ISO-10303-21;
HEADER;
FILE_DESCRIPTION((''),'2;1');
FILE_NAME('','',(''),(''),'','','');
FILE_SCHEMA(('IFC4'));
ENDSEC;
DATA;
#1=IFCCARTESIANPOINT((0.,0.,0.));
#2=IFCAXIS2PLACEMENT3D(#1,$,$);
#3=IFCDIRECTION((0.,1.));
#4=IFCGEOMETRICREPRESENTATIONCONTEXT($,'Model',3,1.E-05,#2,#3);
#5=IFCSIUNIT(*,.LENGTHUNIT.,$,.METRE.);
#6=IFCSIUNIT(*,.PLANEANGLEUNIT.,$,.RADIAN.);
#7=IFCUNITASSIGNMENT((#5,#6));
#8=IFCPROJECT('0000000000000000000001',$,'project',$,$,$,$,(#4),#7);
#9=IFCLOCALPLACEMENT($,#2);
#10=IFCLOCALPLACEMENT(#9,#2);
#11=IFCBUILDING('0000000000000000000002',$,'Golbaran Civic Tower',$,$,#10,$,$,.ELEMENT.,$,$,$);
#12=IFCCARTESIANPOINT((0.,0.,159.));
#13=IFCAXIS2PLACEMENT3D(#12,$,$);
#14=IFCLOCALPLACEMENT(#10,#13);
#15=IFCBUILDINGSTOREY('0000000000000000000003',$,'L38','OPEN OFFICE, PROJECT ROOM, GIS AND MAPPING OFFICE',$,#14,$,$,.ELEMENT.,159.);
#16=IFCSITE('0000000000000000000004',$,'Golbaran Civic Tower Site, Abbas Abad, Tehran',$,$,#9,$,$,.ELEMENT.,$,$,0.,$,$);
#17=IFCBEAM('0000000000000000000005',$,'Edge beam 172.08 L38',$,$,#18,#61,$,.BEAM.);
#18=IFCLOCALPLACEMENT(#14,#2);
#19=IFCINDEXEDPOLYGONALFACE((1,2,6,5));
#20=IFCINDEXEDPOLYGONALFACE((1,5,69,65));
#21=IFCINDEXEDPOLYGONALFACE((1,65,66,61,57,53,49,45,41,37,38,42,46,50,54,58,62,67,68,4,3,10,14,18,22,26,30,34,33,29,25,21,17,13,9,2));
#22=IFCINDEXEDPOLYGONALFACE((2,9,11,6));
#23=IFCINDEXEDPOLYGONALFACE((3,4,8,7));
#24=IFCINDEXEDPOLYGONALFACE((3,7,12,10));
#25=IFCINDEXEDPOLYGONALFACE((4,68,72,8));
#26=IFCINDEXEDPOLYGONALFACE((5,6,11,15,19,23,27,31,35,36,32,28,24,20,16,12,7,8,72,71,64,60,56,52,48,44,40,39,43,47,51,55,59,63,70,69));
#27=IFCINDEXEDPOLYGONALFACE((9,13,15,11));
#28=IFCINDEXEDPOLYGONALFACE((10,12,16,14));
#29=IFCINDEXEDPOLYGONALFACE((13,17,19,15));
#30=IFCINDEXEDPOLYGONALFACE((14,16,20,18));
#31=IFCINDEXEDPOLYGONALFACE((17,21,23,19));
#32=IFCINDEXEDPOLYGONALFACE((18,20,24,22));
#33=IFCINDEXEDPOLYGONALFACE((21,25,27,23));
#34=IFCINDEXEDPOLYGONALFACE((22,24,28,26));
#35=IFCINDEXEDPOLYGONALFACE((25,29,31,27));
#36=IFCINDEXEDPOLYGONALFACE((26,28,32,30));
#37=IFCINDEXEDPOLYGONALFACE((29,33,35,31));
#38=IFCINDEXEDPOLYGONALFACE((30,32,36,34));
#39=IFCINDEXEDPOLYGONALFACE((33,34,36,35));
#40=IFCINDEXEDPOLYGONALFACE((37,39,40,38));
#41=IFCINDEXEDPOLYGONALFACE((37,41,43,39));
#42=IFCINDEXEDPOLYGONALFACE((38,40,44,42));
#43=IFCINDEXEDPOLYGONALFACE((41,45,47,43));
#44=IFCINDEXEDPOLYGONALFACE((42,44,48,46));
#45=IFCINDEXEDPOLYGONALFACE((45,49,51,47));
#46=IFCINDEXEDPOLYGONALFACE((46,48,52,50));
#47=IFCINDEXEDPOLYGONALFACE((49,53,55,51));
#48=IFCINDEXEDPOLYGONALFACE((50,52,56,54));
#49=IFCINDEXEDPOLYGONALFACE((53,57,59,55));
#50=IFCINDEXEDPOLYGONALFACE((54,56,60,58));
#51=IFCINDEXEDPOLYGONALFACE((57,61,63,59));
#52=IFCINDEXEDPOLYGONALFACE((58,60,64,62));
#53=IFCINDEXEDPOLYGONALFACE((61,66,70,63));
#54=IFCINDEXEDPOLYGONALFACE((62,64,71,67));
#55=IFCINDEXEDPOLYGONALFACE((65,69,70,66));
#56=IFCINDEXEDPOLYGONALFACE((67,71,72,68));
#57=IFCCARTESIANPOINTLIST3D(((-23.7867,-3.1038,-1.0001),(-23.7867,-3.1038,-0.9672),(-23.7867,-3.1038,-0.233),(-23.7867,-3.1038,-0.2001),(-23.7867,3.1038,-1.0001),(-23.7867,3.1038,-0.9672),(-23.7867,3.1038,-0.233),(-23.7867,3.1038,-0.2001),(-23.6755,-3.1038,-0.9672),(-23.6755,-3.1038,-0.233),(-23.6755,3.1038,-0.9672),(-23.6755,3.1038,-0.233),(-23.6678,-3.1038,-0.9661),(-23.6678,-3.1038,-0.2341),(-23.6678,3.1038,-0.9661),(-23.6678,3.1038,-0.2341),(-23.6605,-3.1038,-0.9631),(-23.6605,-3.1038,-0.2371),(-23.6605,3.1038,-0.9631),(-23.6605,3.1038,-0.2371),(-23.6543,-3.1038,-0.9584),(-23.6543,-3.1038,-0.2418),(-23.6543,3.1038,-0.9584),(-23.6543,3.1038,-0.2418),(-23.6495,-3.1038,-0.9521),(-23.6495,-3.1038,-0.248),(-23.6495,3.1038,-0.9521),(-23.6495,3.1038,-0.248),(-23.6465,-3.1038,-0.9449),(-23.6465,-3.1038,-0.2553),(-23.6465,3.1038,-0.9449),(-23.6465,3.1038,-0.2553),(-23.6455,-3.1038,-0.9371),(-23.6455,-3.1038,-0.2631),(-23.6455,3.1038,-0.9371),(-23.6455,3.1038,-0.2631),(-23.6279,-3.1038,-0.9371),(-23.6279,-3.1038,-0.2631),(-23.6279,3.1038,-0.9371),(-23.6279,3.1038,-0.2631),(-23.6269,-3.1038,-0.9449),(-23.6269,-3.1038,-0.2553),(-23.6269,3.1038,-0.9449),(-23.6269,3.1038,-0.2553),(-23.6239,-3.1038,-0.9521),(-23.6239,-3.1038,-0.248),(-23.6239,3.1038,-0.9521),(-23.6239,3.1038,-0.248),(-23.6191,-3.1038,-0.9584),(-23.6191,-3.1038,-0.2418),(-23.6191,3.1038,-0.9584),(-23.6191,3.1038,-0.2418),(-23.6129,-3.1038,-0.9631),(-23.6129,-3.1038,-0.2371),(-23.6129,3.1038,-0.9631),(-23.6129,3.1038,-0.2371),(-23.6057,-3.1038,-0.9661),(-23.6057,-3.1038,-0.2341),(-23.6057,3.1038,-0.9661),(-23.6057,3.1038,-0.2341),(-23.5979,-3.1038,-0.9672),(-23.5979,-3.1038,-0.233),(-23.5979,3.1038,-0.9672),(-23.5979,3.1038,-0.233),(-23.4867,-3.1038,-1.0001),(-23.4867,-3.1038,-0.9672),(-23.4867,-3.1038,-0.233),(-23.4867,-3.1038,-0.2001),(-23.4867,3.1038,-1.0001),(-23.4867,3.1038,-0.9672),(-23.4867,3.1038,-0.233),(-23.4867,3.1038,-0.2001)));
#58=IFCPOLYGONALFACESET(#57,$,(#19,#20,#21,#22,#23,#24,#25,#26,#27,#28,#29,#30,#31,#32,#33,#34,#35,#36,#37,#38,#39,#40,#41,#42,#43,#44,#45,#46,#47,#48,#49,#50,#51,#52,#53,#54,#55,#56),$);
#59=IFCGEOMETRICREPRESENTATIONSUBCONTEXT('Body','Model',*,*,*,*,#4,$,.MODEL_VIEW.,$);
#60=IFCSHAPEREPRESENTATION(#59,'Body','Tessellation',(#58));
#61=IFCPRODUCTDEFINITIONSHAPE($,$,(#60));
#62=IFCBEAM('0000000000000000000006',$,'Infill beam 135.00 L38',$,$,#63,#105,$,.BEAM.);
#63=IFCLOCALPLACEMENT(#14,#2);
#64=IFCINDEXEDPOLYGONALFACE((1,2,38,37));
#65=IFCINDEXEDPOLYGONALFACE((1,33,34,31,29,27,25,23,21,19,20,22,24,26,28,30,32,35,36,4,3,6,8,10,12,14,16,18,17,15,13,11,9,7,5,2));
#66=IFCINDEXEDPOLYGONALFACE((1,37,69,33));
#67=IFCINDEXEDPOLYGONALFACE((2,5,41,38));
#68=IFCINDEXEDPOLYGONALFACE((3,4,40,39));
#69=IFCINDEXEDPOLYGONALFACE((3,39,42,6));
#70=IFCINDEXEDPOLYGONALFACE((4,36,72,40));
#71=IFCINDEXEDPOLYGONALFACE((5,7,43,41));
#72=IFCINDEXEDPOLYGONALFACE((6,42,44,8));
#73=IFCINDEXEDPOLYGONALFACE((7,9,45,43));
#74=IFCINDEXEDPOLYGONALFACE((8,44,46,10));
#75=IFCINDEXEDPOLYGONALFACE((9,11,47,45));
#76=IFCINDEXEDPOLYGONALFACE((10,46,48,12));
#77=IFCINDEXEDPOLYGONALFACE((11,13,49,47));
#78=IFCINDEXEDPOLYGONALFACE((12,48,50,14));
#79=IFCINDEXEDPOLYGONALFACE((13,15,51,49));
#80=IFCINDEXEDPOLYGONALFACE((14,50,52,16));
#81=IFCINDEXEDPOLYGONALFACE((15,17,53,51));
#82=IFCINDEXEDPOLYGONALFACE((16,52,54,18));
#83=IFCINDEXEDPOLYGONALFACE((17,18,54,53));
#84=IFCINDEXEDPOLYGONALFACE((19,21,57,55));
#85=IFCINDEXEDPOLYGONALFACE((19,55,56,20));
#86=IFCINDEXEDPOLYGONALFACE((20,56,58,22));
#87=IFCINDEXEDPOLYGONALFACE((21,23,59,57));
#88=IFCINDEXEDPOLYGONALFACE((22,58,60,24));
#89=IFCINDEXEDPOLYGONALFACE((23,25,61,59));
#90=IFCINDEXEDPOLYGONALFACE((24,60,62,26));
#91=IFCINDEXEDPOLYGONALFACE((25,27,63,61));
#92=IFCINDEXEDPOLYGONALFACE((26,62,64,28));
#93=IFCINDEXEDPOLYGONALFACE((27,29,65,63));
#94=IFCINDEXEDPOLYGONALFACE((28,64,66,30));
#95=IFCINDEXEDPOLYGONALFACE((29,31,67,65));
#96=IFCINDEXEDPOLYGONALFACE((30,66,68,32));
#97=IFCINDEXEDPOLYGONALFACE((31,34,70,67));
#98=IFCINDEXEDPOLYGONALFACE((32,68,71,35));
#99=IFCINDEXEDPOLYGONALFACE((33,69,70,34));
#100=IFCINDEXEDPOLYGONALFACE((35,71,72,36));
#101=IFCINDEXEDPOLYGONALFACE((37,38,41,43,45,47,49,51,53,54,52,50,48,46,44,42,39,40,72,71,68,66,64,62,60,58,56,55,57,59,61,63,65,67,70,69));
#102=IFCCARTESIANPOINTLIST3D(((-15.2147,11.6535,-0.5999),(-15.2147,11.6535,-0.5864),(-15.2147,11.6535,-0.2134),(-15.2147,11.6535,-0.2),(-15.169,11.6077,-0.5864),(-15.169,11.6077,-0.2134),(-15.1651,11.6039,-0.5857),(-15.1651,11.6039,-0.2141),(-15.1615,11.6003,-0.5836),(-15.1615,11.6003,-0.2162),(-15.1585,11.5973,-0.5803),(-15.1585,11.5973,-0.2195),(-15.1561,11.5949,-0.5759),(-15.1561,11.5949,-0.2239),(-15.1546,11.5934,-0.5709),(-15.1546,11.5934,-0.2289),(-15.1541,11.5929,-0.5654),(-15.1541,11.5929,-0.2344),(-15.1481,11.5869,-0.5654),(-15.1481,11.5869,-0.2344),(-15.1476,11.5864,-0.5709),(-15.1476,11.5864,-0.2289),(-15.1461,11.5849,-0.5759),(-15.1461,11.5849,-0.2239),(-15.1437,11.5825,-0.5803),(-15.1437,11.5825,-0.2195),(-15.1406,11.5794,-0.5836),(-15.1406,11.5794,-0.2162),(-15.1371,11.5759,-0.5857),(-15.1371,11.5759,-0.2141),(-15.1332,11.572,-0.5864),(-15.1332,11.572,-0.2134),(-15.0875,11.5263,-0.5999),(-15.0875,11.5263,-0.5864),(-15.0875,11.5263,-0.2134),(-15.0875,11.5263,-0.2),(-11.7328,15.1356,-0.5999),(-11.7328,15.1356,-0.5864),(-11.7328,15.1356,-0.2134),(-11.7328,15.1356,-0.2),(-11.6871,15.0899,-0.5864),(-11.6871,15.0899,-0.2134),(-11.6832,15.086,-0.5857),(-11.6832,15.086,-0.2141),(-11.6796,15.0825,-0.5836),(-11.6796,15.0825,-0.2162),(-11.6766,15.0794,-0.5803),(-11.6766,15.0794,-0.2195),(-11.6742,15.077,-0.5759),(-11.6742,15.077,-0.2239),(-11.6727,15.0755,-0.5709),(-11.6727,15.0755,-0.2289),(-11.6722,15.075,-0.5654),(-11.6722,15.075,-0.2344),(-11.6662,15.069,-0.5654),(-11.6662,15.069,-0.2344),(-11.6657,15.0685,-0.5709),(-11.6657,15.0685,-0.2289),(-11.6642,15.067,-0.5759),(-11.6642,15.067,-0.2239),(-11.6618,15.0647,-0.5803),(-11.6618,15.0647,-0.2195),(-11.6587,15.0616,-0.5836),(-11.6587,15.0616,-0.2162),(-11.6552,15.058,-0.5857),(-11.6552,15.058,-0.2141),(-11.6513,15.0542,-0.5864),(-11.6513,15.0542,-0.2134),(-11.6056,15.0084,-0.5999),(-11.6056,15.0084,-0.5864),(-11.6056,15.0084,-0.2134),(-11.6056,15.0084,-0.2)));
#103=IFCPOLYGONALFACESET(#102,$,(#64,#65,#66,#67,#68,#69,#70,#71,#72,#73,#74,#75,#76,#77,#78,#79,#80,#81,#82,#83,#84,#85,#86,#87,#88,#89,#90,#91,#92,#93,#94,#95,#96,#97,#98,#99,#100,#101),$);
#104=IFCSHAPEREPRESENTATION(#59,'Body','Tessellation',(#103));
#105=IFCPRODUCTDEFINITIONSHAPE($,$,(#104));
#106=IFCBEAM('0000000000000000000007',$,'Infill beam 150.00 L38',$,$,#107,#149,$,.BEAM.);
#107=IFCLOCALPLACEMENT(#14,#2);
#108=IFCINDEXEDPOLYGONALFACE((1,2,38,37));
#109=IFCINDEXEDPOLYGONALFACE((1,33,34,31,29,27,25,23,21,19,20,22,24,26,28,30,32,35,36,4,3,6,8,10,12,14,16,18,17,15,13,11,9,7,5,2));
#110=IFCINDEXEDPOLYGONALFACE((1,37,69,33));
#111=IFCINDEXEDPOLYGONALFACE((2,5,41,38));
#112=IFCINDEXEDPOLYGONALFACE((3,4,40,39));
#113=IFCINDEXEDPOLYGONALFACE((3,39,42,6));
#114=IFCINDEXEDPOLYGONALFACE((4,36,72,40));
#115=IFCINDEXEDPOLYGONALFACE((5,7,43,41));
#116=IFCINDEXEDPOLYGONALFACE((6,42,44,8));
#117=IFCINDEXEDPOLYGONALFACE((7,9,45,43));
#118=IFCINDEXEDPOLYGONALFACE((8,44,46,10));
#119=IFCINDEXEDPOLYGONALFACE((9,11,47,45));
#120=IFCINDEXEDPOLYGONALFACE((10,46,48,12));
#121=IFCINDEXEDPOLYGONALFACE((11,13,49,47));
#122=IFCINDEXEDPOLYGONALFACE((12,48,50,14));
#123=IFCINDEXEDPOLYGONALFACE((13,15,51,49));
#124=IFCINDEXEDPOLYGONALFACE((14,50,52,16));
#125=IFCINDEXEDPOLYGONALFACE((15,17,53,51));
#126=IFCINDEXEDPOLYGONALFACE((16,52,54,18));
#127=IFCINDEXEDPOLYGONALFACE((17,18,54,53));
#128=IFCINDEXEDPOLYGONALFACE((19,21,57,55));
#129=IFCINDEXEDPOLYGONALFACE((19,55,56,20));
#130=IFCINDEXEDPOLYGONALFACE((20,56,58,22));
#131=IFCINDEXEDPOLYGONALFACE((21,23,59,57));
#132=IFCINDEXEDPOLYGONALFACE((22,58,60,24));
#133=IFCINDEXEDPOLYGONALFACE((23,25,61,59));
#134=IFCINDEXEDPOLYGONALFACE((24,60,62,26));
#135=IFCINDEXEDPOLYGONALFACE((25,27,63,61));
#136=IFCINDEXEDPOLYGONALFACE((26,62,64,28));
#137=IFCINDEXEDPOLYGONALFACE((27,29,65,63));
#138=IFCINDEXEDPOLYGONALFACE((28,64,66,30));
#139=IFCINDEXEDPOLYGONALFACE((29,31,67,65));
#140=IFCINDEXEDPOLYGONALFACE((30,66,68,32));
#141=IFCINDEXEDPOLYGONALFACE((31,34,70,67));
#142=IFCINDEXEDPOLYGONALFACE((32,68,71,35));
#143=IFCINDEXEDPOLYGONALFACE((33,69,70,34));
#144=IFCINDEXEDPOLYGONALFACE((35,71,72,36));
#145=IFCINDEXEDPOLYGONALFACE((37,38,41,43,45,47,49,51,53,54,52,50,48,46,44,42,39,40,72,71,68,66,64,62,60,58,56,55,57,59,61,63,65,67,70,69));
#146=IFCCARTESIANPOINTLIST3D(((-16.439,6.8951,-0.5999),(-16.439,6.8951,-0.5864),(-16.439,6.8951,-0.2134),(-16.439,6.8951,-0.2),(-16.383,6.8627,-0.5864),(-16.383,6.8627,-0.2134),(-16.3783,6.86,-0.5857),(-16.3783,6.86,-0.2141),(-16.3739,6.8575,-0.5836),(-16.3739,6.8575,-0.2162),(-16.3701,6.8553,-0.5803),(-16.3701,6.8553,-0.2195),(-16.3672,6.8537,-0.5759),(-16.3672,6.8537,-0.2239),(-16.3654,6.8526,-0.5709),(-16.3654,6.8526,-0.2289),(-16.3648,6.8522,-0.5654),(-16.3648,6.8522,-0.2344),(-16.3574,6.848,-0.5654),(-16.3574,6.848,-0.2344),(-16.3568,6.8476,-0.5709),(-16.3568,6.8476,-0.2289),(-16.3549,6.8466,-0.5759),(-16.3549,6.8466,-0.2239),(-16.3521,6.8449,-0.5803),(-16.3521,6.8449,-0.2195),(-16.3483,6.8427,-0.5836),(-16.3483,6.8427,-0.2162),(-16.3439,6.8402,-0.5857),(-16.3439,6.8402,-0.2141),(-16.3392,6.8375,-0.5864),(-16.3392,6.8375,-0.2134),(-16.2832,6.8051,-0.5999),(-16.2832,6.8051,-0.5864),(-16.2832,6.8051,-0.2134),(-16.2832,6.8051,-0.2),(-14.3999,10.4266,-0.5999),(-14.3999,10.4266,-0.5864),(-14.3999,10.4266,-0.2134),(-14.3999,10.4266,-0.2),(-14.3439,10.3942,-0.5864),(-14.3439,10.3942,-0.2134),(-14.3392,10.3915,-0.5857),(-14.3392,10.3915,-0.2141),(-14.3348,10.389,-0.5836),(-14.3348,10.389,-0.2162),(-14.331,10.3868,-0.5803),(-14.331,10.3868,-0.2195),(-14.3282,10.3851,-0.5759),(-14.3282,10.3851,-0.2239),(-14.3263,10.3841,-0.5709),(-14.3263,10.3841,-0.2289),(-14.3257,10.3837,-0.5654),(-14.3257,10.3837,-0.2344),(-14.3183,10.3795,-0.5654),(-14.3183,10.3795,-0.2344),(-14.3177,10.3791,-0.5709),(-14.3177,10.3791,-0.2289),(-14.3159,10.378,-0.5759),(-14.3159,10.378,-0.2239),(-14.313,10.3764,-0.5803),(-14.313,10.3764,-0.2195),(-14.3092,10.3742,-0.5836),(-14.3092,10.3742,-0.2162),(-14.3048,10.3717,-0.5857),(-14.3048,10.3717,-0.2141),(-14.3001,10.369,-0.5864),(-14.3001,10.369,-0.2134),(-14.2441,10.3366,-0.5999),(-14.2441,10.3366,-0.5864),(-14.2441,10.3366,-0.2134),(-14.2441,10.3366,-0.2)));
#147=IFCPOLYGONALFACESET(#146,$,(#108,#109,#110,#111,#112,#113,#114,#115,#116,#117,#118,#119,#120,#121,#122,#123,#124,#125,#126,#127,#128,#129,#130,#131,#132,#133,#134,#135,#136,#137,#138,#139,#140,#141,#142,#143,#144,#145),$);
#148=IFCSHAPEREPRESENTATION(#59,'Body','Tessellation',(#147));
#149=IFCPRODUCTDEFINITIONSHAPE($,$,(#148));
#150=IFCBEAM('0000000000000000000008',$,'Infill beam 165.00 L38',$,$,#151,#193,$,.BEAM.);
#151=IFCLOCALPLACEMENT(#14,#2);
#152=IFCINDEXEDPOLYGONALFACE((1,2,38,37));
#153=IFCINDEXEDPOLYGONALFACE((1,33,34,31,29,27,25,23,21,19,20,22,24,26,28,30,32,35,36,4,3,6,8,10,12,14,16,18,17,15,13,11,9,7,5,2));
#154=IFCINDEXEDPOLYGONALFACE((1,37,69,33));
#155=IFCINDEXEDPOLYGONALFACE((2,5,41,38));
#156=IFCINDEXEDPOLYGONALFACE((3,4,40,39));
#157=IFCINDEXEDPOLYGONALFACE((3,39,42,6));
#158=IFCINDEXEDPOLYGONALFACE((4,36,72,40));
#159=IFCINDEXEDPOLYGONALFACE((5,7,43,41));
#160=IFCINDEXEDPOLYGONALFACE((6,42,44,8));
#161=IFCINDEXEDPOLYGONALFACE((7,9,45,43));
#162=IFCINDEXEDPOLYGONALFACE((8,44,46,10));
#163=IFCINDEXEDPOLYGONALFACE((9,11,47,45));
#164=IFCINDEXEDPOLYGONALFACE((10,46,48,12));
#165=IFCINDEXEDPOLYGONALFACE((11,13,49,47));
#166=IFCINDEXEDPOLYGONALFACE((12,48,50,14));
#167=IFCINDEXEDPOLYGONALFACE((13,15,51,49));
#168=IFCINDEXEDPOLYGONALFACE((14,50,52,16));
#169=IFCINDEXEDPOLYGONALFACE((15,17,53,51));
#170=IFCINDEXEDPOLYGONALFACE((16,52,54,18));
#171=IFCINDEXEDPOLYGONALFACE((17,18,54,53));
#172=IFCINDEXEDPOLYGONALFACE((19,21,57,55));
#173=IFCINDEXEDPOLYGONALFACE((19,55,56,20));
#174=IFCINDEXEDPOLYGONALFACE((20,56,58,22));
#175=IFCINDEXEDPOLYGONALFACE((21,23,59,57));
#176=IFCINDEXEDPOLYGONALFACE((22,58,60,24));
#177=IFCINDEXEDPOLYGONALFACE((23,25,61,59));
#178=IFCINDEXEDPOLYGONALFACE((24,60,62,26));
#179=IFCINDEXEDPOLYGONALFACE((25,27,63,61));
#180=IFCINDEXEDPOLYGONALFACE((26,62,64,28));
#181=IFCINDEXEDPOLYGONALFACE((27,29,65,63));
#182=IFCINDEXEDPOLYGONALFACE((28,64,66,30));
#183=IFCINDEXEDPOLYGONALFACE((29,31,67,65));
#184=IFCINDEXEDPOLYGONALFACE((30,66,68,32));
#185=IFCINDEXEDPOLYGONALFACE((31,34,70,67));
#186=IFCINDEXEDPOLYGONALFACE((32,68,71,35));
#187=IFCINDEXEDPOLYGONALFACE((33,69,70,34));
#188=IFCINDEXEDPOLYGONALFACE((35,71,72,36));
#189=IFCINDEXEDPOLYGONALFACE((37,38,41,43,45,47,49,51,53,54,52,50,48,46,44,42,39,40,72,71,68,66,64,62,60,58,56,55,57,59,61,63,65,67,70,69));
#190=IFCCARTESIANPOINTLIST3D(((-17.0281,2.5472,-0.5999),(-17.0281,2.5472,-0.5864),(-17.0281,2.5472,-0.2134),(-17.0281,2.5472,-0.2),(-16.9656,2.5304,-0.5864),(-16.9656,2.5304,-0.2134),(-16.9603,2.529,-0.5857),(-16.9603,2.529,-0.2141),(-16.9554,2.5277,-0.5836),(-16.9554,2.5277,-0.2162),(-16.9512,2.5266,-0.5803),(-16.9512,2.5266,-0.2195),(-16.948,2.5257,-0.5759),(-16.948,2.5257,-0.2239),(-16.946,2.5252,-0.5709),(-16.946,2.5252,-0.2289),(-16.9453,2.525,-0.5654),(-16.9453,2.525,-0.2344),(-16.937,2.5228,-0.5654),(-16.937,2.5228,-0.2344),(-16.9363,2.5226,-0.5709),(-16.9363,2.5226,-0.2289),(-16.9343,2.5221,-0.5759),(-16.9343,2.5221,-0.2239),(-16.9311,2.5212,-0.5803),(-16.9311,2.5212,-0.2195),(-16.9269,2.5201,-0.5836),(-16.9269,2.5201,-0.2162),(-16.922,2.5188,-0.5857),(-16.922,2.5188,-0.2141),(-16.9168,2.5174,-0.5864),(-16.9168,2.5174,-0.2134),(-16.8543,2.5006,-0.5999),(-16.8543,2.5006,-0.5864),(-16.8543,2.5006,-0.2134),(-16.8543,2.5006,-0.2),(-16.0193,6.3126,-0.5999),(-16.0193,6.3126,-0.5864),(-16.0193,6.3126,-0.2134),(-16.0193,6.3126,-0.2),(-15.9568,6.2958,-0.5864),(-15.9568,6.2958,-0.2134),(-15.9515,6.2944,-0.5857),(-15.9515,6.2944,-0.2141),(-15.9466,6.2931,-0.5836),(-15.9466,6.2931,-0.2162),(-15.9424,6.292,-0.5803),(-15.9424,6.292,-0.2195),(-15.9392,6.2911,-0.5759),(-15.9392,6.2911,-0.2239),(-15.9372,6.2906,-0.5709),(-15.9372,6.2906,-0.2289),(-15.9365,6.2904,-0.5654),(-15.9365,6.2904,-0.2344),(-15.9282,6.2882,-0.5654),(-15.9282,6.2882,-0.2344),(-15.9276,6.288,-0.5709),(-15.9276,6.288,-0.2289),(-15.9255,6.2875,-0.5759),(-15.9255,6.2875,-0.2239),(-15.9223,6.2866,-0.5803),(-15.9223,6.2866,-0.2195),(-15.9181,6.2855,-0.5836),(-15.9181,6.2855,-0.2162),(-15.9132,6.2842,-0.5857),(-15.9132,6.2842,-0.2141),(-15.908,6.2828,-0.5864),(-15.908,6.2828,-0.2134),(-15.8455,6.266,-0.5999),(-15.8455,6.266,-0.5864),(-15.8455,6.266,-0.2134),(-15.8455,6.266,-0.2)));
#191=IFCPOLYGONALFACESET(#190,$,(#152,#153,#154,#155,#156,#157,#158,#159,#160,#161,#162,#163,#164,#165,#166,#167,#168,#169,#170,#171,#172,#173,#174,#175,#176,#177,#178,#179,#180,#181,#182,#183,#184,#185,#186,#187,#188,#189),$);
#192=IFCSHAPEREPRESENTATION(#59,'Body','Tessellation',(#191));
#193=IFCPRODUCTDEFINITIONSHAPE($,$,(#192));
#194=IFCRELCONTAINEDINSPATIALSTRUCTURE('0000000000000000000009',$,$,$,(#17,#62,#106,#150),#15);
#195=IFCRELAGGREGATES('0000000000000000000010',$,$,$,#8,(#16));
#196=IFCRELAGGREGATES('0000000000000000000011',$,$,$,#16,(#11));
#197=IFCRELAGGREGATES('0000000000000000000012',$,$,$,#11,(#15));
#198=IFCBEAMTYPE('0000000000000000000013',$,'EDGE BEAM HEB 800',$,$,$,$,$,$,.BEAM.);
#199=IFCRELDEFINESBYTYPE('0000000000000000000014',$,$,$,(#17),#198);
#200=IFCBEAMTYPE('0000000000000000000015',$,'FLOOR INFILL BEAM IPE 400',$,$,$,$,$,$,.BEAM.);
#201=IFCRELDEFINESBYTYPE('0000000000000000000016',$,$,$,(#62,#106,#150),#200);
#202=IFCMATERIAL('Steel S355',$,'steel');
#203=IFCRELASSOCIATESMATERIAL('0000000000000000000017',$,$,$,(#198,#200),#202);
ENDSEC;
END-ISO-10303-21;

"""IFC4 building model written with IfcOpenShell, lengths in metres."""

from ifc_helpers import new_model, si_unit, direction, frame, origin, origin_2d, place, context, subcontext, project, spatial, i_section, extrude, material, material_profile, profile_set, type_object, element, save


model = new_model("IFC4")

# Units and contexts
model_context = context("Model", 3, precision=1e-05, world=origin(), true_north=direction((0.0, 1.0)))
body_context = subcontext(model_context, "Body", "Model", "MODEL_VIEW")
ifc_project = project(units=[si_unit("LENGTHUNIT", "METRE"), si_unit("PLANEANGLEUNIT", "RADIAN")], contexts=[model_context])

# Site, building, storey
site_placement = place(None, origin())
site = spatial("IfcSite", under=ifc_project, at=site_placement, Name="Golbaran Civic Tower Site, Abbas Abad, Tehran", CompositionType="ELEMENT", RefElevation=0.0)
building_placement = place(site_placement, origin())
building = spatial("IfcBuilding", under=site, at=building_placement, Name="Golbaran Civic Tower", CompositionType="ELEMENT")
storey_placement = place(building_placement, frame((0.0, 0.0, 159.0)))
storey = spatial("IfcBuildingStorey", under=building, at=storey_placement, Name="L38", Description="OPEN OFFICE, PROJECT ROOM, GIS AND MAPPING OFFICE", CompositionType="ELEMENT", Elevation=159.0)

# Beams
ifc_material_1 = material(Name="Steel S355", Category="steel")
ifc_material_profile_1 = material_profile(ifc_material_1, i_section(OverallWidth=0.3, OverallDepth=0.8, WebThickness=0.0176, FlangeThickness=0.033, FilletRadius=0.03, at=origin_2d()), Name="HEB 800")
ifc_profile_set_1 = profile_set([ifc_material_profile_1], Name="Steel S355")
beam_type_1 = type_object("IfcBeamType", Name="EDGE BEAM HEB 800", PredefinedType="BEAM", material=ifc_profile_set_1)
beam_1_placement = place(storey_placement, frame((-23.6367, 3.1038, -0.6001), z_axis=(0.0, -1.0, 0.0), x_axis=(1.0, 0.0, 0.0)))
element("IfcBeam", 1, at=beam_1_placement, inside=storey, type_object=beam_type_1, Name="Edge beam 172.08 L38", PredefinedType="BEAM", context=body_context, shape_type="SweptSolid", body=[
    extrude(i_section(OverallWidth=0.3, OverallDepth=0.8, WebThickness=0.0176, FlangeThickness=0.033, FilletRadius=0.03, at=origin_2d()), origin(), (0.0, 0.0, 1.0), 6.2075),
])
ifc_material_profile_2 = material_profile(ifc_material_1, i_section(OverallWidth=0.1799, OverallDepth=0.3999, WebThickness=0.0085, FlangeThickness=0.0134, FilletRadius=0.021, at=origin_2d()), Name="IPE 400")
ifc_profile_set_2 = profile_set([ifc_material_profile_2], Name="Steel S355")
beam_type_2 = type_object("IfcBeamType", Name="FLOOR INFILL BEAM IPE 400", PredefinedType="BEAM", material=ifc_profile_set_2)
beam_2_placement = place(storey_placement, frame((-11.6692, 15.072, -0.3999), z_axis=(-0.707082, -0.707132, 0.0), x_axis=(0.707132, -0.707082, 0.0)))
element("IfcBeam", 2, at=beam_2_placement, inside=storey, type_object=beam_type_2, Name="Infill beam 135.00 L38", PredefinedType="BEAM", context=body_context, shape_type="SweptSolid", body=[
    extrude(i_section(OverallWidth=0.1799, OverallDepth=0.3999, WebThickness=0.0085, FlangeThickness=0.0134, FilletRadius=0.021, at=origin_2d()), origin(), (0.0, 0.0, 1.0), 4.9243),
])
beam_3_placement = place(storey_placement, frame((-14.322, 10.3816, -0.3999), z_axis=(-0.500028, -0.866009, 0.0), x_axis=(0.866009, -0.500028, 0.0)))
element("IfcBeam", 3, at=beam_3_placement, inside=storey, type_object=beam_type_2, Name="Infill beam 150.00 L38", PredefinedType="BEAM", context=body_context, shape_type="SweptSolid", body=[
    extrude(i_section(OverallWidth=0.1799, OverallDepth=0.3999, WebThickness=0.0085, FlangeThickness=0.0134, FilletRadius=0.021, at=origin_2d()), origin(), (0.0, 0.0, 1.0), 4.0779),
])
beam_4_placement = place(storey_placement, frame((-15.9324, 6.2893, -0.3999), z_axis=(-0.258785, -0.965935, 0.0), x_axis=(0.965935, -0.258785, 0.0)))
element("IfcBeam", 4, at=beam_4_placement, inside=storey, type_object=beam_type_2, Name="Infill beam 165.00 L38", PredefinedType="BEAM", context=body_context, shape_type="SweptSolid", body=[
    extrude(i_section(OverallWidth=0.1799, OverallDepth=0.3999, WebThickness=0.0085, FlangeThickness=0.0134, FilletRadius=0.021, at=origin_2d()), origin(), (0.0, 0.0, 1.0), 3.8982),
])

save(model, "model.ifc")
